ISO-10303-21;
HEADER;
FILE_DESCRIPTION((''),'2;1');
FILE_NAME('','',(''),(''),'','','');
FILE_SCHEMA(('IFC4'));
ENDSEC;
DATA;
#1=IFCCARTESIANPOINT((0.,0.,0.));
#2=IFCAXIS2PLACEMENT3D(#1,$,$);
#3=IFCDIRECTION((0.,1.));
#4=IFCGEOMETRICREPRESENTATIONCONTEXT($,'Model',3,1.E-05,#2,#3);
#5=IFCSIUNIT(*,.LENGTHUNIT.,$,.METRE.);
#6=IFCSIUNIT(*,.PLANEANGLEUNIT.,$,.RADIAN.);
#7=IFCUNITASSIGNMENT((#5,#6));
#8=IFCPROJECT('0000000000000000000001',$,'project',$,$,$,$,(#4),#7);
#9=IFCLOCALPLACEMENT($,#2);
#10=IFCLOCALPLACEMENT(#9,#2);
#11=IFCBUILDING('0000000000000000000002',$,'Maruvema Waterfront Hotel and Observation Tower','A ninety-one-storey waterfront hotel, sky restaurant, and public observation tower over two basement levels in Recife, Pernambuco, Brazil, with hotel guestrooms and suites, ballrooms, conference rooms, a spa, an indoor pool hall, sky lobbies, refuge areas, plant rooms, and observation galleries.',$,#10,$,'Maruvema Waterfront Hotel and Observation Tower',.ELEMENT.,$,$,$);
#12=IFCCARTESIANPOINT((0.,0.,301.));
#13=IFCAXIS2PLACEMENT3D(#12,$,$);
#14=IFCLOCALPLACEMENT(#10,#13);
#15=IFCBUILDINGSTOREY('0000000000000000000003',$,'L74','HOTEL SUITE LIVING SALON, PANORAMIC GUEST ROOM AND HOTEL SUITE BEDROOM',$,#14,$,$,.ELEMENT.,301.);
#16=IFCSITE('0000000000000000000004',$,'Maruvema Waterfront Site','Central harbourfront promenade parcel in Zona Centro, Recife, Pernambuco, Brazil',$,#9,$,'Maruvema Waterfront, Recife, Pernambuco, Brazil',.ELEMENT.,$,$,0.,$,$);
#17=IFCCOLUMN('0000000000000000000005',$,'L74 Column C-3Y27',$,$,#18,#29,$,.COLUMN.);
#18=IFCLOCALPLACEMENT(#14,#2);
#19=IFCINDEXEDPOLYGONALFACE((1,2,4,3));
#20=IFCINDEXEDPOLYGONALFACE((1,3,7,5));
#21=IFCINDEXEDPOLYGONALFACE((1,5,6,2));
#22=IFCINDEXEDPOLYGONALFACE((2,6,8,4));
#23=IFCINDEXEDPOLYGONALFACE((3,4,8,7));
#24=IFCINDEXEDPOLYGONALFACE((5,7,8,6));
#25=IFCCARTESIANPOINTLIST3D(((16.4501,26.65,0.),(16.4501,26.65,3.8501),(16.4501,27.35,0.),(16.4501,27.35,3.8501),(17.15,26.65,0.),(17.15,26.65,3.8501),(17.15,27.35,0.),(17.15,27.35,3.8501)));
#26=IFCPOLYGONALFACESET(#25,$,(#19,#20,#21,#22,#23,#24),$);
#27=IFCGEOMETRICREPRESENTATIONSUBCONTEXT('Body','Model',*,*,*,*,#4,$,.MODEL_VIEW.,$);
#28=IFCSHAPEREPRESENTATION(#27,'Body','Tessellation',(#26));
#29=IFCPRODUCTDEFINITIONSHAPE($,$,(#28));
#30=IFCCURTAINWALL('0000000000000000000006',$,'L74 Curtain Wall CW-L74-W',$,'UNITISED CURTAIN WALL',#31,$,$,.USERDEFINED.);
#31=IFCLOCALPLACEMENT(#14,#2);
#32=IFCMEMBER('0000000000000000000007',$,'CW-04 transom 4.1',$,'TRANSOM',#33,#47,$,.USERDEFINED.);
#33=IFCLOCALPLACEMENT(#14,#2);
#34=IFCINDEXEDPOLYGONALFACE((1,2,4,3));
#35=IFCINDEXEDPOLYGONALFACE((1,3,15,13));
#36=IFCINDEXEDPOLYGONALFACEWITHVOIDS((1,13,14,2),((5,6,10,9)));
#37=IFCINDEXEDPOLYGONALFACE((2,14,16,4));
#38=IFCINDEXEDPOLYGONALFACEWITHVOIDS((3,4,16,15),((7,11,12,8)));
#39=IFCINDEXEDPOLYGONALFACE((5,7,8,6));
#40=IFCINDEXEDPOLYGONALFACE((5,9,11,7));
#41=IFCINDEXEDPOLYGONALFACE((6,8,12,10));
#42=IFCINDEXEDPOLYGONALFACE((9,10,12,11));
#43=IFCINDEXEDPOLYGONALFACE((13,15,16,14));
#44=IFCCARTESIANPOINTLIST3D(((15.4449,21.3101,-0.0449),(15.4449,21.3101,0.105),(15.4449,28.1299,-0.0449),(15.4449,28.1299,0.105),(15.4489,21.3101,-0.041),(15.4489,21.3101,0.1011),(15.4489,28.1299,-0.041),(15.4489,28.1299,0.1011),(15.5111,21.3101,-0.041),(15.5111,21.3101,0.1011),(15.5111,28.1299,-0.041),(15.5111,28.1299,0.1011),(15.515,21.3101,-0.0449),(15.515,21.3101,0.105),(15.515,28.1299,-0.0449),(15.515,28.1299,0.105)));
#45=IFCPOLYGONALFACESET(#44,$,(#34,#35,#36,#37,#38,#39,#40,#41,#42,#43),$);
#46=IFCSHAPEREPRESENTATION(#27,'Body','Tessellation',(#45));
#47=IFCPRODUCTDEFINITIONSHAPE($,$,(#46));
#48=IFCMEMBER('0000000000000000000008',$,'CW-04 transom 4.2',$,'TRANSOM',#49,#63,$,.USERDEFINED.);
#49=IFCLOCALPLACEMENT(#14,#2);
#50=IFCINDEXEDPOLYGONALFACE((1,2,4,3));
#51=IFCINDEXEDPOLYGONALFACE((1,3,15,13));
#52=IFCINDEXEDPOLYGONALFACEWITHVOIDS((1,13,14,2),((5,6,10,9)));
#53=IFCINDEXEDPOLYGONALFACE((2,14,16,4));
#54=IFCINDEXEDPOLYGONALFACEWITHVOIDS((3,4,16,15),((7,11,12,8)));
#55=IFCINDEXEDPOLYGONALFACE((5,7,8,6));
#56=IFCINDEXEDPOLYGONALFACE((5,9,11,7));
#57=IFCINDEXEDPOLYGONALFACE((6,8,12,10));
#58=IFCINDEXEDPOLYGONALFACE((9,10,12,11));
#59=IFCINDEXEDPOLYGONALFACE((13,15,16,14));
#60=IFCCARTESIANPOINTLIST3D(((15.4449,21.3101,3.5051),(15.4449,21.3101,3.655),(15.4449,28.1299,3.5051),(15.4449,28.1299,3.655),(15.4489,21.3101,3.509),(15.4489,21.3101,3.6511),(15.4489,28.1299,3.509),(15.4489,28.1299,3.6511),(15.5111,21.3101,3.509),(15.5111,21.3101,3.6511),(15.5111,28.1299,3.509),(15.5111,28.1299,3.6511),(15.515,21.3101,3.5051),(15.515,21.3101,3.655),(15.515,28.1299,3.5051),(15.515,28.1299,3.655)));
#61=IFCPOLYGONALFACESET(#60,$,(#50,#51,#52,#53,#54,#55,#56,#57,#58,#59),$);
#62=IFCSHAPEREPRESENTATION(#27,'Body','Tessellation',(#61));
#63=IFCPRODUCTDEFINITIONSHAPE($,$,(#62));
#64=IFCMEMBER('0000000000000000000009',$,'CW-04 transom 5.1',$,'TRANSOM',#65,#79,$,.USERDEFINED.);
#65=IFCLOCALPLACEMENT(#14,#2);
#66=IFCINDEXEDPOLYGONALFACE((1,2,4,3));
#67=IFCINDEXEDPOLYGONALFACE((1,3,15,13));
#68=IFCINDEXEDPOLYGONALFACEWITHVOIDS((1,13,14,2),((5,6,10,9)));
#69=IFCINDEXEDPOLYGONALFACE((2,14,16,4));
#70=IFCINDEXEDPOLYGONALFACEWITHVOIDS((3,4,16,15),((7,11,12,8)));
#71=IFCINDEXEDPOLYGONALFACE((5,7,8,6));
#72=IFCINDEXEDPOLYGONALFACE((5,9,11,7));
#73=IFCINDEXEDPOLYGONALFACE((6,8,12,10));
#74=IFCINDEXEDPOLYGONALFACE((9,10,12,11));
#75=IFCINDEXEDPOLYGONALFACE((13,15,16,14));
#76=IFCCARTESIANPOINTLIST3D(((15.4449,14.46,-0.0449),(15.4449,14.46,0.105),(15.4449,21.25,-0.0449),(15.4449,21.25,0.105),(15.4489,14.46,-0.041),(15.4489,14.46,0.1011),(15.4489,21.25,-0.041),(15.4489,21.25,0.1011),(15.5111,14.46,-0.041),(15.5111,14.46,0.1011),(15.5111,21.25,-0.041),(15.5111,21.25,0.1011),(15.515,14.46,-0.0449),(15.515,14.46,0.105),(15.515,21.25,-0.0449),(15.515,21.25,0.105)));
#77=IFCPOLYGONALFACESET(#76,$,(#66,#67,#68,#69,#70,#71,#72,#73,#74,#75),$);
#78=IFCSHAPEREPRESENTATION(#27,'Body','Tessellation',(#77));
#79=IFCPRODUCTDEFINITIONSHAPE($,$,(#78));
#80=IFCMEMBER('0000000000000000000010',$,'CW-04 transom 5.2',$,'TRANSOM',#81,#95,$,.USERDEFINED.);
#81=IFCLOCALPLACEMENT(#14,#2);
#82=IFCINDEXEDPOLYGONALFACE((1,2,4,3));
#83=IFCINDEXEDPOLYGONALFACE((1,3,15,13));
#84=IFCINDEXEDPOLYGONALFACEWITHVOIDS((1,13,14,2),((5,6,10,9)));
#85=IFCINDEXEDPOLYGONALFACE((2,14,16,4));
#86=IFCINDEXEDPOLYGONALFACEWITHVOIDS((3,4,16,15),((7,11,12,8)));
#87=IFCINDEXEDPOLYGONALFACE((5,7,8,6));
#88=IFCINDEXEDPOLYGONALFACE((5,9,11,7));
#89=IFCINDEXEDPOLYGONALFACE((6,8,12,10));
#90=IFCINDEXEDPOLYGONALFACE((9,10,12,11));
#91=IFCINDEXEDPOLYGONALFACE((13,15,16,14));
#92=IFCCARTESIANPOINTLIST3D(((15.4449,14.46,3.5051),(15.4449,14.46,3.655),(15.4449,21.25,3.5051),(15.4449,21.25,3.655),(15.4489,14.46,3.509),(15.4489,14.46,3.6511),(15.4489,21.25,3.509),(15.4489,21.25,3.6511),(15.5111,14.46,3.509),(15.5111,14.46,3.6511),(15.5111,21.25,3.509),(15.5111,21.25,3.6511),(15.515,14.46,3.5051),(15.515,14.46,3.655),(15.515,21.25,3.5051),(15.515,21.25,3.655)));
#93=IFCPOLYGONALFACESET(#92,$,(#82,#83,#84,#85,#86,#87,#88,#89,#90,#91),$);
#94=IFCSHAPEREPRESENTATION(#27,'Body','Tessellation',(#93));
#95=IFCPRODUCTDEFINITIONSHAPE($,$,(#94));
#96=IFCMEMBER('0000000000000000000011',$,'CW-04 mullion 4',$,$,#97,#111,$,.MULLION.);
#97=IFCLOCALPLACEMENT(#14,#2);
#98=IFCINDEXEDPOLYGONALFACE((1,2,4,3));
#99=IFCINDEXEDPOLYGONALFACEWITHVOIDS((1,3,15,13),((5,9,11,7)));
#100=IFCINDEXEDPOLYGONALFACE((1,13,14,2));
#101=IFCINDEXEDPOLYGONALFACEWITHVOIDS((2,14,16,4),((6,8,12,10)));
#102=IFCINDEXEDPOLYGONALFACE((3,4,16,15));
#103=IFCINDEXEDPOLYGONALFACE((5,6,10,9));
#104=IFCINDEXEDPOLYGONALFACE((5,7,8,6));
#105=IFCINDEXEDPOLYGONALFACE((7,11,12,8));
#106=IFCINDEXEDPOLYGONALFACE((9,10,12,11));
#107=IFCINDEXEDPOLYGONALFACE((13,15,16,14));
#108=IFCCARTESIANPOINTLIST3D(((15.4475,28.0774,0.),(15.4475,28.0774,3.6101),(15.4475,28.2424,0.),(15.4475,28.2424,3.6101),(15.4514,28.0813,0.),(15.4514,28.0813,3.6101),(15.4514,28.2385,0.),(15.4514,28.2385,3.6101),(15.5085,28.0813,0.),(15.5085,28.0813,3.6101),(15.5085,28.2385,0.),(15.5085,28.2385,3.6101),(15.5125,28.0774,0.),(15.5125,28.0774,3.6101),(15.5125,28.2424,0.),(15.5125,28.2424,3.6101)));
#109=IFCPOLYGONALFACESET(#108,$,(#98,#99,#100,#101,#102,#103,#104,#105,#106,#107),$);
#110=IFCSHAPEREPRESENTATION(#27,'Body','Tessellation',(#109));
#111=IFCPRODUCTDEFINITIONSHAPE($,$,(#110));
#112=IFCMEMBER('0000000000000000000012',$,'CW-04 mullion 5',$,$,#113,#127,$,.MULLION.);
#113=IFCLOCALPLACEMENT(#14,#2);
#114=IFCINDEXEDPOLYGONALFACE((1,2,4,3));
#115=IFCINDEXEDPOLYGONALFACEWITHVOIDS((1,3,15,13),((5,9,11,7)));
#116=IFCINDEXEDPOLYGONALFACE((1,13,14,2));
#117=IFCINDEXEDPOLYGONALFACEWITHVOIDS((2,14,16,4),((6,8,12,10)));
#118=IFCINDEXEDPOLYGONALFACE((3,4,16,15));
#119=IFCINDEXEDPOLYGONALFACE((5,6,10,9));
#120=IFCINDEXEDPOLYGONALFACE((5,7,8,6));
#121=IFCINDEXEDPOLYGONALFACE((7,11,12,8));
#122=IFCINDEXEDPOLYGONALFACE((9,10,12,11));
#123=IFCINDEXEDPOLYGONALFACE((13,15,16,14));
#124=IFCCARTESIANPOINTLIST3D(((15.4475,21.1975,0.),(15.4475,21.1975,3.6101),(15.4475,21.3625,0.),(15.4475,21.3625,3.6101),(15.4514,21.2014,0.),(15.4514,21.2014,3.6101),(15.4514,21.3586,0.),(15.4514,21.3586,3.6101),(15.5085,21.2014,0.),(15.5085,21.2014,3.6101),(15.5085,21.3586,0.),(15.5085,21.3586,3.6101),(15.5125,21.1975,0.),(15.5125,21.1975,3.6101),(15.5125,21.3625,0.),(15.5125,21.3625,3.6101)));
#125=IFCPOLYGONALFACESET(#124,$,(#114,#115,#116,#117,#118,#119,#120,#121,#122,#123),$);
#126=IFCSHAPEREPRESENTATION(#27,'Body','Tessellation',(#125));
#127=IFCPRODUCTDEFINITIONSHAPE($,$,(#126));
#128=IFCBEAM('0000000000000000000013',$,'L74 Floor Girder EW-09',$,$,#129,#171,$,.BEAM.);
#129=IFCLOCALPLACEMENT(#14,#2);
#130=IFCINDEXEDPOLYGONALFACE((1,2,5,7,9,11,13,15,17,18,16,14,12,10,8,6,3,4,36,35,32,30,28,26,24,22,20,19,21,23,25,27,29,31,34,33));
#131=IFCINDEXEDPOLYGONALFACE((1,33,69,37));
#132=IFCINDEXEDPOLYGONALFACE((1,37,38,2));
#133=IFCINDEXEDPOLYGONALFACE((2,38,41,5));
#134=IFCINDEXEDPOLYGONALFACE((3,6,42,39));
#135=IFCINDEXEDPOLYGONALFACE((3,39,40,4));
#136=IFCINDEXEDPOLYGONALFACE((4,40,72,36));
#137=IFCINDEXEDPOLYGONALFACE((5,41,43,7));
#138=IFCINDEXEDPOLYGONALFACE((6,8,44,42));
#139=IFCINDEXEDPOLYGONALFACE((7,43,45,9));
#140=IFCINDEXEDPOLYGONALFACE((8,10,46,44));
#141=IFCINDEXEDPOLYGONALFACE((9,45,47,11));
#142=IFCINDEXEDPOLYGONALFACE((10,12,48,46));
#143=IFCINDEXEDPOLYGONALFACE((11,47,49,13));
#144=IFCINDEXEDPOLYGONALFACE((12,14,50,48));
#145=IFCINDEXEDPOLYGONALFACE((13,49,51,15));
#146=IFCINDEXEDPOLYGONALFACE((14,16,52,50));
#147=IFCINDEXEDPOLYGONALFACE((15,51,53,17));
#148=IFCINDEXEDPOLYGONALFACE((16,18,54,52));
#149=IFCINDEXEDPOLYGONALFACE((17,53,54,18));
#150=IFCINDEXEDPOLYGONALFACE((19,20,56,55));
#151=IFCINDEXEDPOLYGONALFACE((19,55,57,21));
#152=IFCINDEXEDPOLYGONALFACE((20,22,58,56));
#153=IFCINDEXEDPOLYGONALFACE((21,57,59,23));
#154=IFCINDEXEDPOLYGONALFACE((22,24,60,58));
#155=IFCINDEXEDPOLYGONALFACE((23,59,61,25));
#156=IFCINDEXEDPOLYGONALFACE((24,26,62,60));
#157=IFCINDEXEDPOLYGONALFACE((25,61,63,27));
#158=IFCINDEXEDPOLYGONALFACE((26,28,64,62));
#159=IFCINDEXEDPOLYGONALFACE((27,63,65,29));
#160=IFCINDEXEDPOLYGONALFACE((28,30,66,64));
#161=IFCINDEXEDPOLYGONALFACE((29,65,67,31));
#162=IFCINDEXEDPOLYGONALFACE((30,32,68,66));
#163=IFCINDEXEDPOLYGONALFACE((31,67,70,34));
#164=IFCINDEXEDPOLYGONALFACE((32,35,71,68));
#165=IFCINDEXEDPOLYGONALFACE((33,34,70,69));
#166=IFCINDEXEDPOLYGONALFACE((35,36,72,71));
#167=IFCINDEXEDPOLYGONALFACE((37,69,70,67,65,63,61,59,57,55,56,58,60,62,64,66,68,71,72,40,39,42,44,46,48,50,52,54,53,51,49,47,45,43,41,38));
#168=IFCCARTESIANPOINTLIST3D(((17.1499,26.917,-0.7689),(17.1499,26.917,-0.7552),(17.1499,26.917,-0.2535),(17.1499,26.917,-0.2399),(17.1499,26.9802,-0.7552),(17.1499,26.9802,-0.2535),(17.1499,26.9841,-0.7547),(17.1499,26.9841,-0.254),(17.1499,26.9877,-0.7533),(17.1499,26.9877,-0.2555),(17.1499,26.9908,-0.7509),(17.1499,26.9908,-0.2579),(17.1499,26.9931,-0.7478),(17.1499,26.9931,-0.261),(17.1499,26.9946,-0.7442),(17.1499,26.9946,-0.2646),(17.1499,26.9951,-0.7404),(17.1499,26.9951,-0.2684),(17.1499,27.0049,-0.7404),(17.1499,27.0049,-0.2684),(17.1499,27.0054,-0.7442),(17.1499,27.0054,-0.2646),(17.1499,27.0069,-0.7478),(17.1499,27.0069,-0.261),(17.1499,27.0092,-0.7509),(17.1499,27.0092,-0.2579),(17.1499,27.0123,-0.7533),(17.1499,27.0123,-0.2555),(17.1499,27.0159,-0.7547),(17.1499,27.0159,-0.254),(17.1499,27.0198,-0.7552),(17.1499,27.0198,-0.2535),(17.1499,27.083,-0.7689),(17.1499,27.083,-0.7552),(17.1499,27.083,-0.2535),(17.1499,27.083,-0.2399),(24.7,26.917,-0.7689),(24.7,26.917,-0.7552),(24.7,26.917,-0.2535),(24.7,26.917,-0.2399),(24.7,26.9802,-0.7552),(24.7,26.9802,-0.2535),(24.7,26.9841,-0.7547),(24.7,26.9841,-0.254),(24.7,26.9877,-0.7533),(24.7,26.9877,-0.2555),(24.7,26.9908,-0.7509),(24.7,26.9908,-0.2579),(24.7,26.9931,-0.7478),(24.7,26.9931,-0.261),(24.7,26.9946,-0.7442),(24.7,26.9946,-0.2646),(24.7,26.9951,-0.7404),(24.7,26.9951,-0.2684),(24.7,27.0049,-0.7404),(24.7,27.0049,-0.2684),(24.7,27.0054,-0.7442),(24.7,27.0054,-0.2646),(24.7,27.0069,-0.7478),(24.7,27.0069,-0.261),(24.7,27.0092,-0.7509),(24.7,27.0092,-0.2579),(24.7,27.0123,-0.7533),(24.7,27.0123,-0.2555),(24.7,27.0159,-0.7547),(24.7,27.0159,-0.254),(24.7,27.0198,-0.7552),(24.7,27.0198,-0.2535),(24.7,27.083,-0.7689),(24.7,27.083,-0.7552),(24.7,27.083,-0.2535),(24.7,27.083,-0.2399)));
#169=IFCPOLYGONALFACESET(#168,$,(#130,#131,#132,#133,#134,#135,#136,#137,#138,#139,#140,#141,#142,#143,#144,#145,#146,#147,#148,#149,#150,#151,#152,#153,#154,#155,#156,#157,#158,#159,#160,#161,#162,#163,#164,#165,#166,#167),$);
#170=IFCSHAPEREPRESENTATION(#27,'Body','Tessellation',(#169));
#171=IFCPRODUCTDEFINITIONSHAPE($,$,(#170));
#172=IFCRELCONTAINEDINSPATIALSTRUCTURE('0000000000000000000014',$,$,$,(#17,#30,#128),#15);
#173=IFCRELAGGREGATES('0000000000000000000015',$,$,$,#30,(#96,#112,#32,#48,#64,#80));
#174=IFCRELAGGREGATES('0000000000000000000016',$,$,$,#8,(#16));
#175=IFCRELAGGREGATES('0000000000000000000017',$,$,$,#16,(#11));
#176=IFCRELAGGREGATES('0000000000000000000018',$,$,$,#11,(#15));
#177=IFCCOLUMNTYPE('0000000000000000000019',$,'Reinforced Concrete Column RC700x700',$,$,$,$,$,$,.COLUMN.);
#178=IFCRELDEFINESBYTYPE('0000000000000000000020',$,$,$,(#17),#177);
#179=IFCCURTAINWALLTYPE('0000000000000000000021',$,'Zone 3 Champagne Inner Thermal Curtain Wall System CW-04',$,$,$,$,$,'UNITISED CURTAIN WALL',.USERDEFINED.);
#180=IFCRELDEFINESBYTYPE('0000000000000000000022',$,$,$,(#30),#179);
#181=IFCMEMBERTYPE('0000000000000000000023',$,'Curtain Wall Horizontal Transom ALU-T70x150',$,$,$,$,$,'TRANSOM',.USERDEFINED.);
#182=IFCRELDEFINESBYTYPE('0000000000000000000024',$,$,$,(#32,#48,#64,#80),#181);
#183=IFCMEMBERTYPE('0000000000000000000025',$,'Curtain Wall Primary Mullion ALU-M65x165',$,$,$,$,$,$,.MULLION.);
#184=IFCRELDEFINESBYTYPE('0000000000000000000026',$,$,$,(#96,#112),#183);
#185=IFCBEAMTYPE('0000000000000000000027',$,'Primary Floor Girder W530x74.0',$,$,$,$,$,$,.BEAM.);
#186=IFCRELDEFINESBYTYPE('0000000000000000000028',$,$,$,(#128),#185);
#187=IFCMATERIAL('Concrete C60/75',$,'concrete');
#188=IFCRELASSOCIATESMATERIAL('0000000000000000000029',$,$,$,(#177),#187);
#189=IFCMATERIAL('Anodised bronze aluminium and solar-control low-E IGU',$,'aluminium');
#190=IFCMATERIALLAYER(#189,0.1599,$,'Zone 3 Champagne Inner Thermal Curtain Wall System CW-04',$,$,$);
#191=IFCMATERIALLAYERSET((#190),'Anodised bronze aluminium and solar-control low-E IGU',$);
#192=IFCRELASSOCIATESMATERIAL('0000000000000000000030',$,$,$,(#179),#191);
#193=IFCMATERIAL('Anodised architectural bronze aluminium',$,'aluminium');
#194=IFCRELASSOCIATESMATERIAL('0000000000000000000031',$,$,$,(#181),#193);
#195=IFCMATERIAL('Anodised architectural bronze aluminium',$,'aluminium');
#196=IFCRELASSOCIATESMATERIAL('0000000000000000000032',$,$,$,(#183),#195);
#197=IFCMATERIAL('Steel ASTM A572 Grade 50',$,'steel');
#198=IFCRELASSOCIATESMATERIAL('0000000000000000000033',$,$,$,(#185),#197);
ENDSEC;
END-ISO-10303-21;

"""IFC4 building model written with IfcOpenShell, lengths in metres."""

from ifc_helpers import new_model, si_unit, direction, frame, origin, origin_2d, place, context, subcontext, project, spatial, rectangle, hollow_rectangle, i_section, extrude, material, layer, layer_set, material_profile, profile_set, type_object, element, aggregate, save


model = new_model("IFC4")

# Units and contexts
model_context = context("Model", 3, precision=1e-05, world=origin(), true_north=direction((0.0, 1.0)))
body_context = subcontext(model_context, "Body", "Model", "MODEL_VIEW")
ifc_project = project(units=[si_unit("LENGTHUNIT", "METRE"), si_unit("PLANEANGLEUNIT", "RADIAN")], contexts=[model_context])

# Site, building, storey
site_placement = place(None, origin())
site = spatial("IfcSite", under=ifc_project, at=site_placement, Name="Maruvema Waterfront Site", Description="Central harbourfront promenade parcel in Zona Centro, Recife, Pernambuco, Brazil", LongName="Maruvema Waterfront, Recife, Pernambuco, Brazil", CompositionType="ELEMENT", RefElevation=0.0)
building_placement = place(site_placement, origin())
building = spatial("IfcBuilding", under=site, at=building_placement, Name="Maruvema Waterfront Hotel and Observation Tower", Description="A ninety-one-storey waterfront hotel, sky restaurant, and public observation tower over two basement levels in Recife, Pernambuco, Brazil, with hotel guestrooms and suites, ballrooms, conference rooms, a spa, an indoor pool hall, sky lobbies, refuge areas, plant rooms, and observation galleries.", LongName="Maruvema Waterfront Hotel and Observation Tower", CompositionType="ELEMENT")
storey_placement = place(building_placement, frame((0.0, 0.0, 301.0)))
storey = spatial("IfcBuildingStorey", under=building, at=storey_placement, Name="L74", Description="HOTEL SUITE LIVING SALON, PANORAMIC GUEST ROOM AND HOTEL SUITE BEDROOM", CompositionType="ELEMENT", Elevation=301.0)

# Column
ifc_material_1 = material(Name="Concrete C60/75", Category="concrete")
ifc_material_profile_1 = material_profile(ifc_material_1, rectangle(XDim=0.7, YDim=0.7, at=origin_2d()), Name="RC700x700")
ifc_profile_set_1 = profile_set([ifc_material_profile_1], Name="Concrete C60/75")
column_type = type_object("IfcColumnType", Name="Reinforced Concrete Column RC700x700", PredefinedType="COLUMN", material=ifc_profile_set_1)
column_placement = place(storey_placement, frame((16.8, 27.0, 0.0), z_axis=(0.0, 0.0, 1.0), x_axis=(1.0, 0.0, 0.0)))
element("IfcColumn", 1, at=column_placement, inside=storey, type_object=column_type, Name="L74 Column C-3Y27", PredefinedType="COLUMN", context=body_context, shape_type="SweptSolid", body=[
    extrude(rectangle(XDim=0.7, YDim=0.7, at=origin_2d()), origin(), (0.0, 0.0, 1.0), 3.8501),
])

# Curtain wall, members
ifc_material_2 = material(Name="Anodised bronze aluminium and solar-control low-E IGU", Category="aluminium")
ifc_layer_1 = layer(ifc_material_2, 0.1599, Name="Zone 3 Champagne Inner Thermal Curtain Wall System CW-04")
ifc_layer_set_1 = layer_set([ifc_layer_1], Name="Anodised bronze aluminium and solar-control low-E IGU")
curtain_wall_type = type_object("IfcCurtainWallType", Name="Zone 3 Champagne Inner Thermal Curtain Wall System CW-04", ElementType="UNITISED CURTAIN WALL", PredefinedType="USERDEFINED", material=ifc_layer_set_1)
curtain_wall_placement = place(storey_placement, origin())
curtain_wall = element("IfcCurtainWall", 2, at=curtain_wall_placement, inside=storey, type_object=curtain_wall_type, Name="L74 Curtain Wall CW-L74-W", ObjectType="UNITISED CURTAIN WALL", PredefinedType="USERDEFINED")
ifc_material_3 = material(Name="Anodised architectural bronze aluminium", Category="aluminium")
ifc_material_profile_2 = material_profile(ifc_material_3, hollow_rectangle(XDim=0.0701, YDim=0.1499, WallThickness=0.0039, at=origin_2d()), Name="ALU-T70x150")
ifc_profile_set_2 = profile_set([ifc_material_profile_2], Name="Anodised architectural bronze aluminium")
member_type_1 = type_object("IfcMemberType", Name="Curtain Wall Horizontal Transom ALU-T70x150", ElementType="TRANSOM", PredefinedType="USERDEFINED", material=ifc_profile_set_2)
member_1_placement = place(storey_placement, frame((15.48, 28.1299, 0.03), z_axis=(0.0, -1.0, 0.0), x_axis=(1.0, 0.0, 0.0)))
member_1 = element("IfcMember", 3, at=member_1_placement, type_object=member_type_1, Name="CW-04 transom 4.1", ObjectType="TRANSOM", PredefinedType="USERDEFINED", context=body_context, shape_type="SweptSolid", body=[
    extrude(hollow_rectangle(XDim=0.0701, YDim=0.1499, WallThickness=0.0039, at=origin_2d()), origin(), (0.0, 0.0, 1.0), 6.8198),
])
member_2_placement = place(storey_placement, frame((15.48, 28.1299, 3.5801), z_axis=(0.0, -1.0, 0.0), x_axis=(1.0, 0.0, 0.0)))
member_2 = element("IfcMember", 4, at=member_2_placement, type_object=member_type_1, Name="CW-04 transom 4.2", ObjectType="TRANSOM", PredefinedType="USERDEFINED", context=body_context, shape_type="SweptSolid", body=[
    extrude(hollow_rectangle(XDim=0.0701, YDim=0.1499, WallThickness=0.0039, at=origin_2d()), origin(), (0.0, 0.0, 1.0), 6.8198),
])
member_3_placement = place(storey_placement, frame((15.48, 21.25, 0.03), z_axis=(0.0, -1.0, 0.0), x_axis=(1.0, 0.0, 0.0)))
member_3 = element("IfcMember", 5, at=member_3_placement, type_object=member_type_1, Name="CW-04 transom 5.1", ObjectType="TRANSOM", PredefinedType="USERDEFINED", context=body_context, shape_type="SweptSolid", body=[
    extrude(hollow_rectangle(XDim=0.0701, YDim=0.1499, WallThickness=0.0039, at=origin_2d()), origin(), (0.0, 0.0, 1.0), 6.79),
])
member_4_placement = place(storey_placement, frame((15.48, 21.25, 3.5801), z_axis=(0.0, -1.0, 0.0), x_axis=(1.0, 0.0, 0.0)))
member_4 = element("IfcMember", 6, at=member_4_placement, type_object=member_type_1, Name="CW-04 transom 5.2", ObjectType="TRANSOM", PredefinedType="USERDEFINED", context=body_context, shape_type="SweptSolid", body=[
    extrude(hollow_rectangle(XDim=0.0701, YDim=0.1499, WallThickness=0.0039, at=origin_2d()), origin(), (0.0, 0.0, 1.0), 6.79),
])
ifc_material_4 = material(Name="Anodised architectural bronze aluminium", Category="aluminium")
ifc_material_profile_3 = material_profile(ifc_material_4, hollow_rectangle(XDim=0.0649, YDim=0.165, WallThickness=0.0039, at=origin_2d()), Name="ALU-M65x165")
ifc_profile_set_3 = profile_set([ifc_material_profile_3], Name="Anodised architectural bronze aluminium")
member_type_2 = type_object("IfcMemberType", Name="Curtain Wall Primary Mullion ALU-M65x165", PredefinedType="MULLION", material=ifc_profile_set_3)
member_5_placement = place(storey_placement, frame((15.48, 28.1599, 0.0), z_axis=(0.0, 0.0, 1.0), x_axis=(1.0, 0.0, 0.0)))
member_5 = element("IfcMember", 7, at=member_5_placement, type_object=member_type_2, Name="CW-04 mullion 4", PredefinedType="MULLION", context=body_context, shape_type="SweptSolid", body=[
    extrude(hollow_rectangle(XDim=0.0649, YDim=0.165, WallThickness=0.0039, at=origin_2d()), origin(), (0.0, 0.0, 1.0), 3.6101),
])
member_6_placement = place(storey_placement, frame((15.48, 21.28, 0.0), z_axis=(0.0, 0.0, 1.0), x_axis=(1.0, 0.0, 0.0)))
member_6 = element("IfcMember", 8, at=member_6_placement, type_object=member_type_2, Name="CW-04 mullion 5", PredefinedType="MULLION", context=body_context, shape_type="SweptSolid", body=[
    extrude(hollow_rectangle(XDim=0.0649, YDim=0.165, WallThickness=0.0039, at=origin_2d()), origin(), (0.0, 0.0, 1.0), 3.6101),
])

# Beam
ifc_material_5 = material(Name="Steel ASTM A572 Grade 50", Category="steel")
ifc_material_profile_4 = material_profile(ifc_material_5, i_section(OverallWidth=0.166, OverallDepth=0.5291, WebThickness=0.0098, FlangeThickness=0.0137, FilletRadius=0.0149, at=origin_2d()), Name="W530x74.0")
ifc_profile_set_4 = profile_set([ifc_material_profile_4], Name="Steel ASTM A572 Grade 50")
beam_type_1 = type_object("IfcBeamType", Name="Primary Floor Girder W530x74.0", PredefinedType="BEAM", material=ifc_profile_set_4)
beam_1_placement = place(storey_placement, frame((17.1499, 27.0, -0.5044), z_axis=(1.0, 0.0, 0.0), x_axis=(0.0, 1.0, 0.0)))
element("IfcBeam", 9, at=beam_1_placement, inside=storey, type_object=beam_type_1, Name="L74 Floor Girder EW-09", PredefinedType="BEAM", context=body_context, shape_type="SweptSolid", body=[
    extrude(i_section(OverallWidth=0.166, OverallDepth=0.5291, WebThickness=0.0098, FlangeThickness=0.0137, FilletRadius=0.0149, at=origin_2d()), origin(), (0.0, 0.0, 1.0), 7.55),
])

aggregate(curtain_wall, [member_5, member_6, member_1, member_2, member_3, member_4])

save(model, "model.ifc")
